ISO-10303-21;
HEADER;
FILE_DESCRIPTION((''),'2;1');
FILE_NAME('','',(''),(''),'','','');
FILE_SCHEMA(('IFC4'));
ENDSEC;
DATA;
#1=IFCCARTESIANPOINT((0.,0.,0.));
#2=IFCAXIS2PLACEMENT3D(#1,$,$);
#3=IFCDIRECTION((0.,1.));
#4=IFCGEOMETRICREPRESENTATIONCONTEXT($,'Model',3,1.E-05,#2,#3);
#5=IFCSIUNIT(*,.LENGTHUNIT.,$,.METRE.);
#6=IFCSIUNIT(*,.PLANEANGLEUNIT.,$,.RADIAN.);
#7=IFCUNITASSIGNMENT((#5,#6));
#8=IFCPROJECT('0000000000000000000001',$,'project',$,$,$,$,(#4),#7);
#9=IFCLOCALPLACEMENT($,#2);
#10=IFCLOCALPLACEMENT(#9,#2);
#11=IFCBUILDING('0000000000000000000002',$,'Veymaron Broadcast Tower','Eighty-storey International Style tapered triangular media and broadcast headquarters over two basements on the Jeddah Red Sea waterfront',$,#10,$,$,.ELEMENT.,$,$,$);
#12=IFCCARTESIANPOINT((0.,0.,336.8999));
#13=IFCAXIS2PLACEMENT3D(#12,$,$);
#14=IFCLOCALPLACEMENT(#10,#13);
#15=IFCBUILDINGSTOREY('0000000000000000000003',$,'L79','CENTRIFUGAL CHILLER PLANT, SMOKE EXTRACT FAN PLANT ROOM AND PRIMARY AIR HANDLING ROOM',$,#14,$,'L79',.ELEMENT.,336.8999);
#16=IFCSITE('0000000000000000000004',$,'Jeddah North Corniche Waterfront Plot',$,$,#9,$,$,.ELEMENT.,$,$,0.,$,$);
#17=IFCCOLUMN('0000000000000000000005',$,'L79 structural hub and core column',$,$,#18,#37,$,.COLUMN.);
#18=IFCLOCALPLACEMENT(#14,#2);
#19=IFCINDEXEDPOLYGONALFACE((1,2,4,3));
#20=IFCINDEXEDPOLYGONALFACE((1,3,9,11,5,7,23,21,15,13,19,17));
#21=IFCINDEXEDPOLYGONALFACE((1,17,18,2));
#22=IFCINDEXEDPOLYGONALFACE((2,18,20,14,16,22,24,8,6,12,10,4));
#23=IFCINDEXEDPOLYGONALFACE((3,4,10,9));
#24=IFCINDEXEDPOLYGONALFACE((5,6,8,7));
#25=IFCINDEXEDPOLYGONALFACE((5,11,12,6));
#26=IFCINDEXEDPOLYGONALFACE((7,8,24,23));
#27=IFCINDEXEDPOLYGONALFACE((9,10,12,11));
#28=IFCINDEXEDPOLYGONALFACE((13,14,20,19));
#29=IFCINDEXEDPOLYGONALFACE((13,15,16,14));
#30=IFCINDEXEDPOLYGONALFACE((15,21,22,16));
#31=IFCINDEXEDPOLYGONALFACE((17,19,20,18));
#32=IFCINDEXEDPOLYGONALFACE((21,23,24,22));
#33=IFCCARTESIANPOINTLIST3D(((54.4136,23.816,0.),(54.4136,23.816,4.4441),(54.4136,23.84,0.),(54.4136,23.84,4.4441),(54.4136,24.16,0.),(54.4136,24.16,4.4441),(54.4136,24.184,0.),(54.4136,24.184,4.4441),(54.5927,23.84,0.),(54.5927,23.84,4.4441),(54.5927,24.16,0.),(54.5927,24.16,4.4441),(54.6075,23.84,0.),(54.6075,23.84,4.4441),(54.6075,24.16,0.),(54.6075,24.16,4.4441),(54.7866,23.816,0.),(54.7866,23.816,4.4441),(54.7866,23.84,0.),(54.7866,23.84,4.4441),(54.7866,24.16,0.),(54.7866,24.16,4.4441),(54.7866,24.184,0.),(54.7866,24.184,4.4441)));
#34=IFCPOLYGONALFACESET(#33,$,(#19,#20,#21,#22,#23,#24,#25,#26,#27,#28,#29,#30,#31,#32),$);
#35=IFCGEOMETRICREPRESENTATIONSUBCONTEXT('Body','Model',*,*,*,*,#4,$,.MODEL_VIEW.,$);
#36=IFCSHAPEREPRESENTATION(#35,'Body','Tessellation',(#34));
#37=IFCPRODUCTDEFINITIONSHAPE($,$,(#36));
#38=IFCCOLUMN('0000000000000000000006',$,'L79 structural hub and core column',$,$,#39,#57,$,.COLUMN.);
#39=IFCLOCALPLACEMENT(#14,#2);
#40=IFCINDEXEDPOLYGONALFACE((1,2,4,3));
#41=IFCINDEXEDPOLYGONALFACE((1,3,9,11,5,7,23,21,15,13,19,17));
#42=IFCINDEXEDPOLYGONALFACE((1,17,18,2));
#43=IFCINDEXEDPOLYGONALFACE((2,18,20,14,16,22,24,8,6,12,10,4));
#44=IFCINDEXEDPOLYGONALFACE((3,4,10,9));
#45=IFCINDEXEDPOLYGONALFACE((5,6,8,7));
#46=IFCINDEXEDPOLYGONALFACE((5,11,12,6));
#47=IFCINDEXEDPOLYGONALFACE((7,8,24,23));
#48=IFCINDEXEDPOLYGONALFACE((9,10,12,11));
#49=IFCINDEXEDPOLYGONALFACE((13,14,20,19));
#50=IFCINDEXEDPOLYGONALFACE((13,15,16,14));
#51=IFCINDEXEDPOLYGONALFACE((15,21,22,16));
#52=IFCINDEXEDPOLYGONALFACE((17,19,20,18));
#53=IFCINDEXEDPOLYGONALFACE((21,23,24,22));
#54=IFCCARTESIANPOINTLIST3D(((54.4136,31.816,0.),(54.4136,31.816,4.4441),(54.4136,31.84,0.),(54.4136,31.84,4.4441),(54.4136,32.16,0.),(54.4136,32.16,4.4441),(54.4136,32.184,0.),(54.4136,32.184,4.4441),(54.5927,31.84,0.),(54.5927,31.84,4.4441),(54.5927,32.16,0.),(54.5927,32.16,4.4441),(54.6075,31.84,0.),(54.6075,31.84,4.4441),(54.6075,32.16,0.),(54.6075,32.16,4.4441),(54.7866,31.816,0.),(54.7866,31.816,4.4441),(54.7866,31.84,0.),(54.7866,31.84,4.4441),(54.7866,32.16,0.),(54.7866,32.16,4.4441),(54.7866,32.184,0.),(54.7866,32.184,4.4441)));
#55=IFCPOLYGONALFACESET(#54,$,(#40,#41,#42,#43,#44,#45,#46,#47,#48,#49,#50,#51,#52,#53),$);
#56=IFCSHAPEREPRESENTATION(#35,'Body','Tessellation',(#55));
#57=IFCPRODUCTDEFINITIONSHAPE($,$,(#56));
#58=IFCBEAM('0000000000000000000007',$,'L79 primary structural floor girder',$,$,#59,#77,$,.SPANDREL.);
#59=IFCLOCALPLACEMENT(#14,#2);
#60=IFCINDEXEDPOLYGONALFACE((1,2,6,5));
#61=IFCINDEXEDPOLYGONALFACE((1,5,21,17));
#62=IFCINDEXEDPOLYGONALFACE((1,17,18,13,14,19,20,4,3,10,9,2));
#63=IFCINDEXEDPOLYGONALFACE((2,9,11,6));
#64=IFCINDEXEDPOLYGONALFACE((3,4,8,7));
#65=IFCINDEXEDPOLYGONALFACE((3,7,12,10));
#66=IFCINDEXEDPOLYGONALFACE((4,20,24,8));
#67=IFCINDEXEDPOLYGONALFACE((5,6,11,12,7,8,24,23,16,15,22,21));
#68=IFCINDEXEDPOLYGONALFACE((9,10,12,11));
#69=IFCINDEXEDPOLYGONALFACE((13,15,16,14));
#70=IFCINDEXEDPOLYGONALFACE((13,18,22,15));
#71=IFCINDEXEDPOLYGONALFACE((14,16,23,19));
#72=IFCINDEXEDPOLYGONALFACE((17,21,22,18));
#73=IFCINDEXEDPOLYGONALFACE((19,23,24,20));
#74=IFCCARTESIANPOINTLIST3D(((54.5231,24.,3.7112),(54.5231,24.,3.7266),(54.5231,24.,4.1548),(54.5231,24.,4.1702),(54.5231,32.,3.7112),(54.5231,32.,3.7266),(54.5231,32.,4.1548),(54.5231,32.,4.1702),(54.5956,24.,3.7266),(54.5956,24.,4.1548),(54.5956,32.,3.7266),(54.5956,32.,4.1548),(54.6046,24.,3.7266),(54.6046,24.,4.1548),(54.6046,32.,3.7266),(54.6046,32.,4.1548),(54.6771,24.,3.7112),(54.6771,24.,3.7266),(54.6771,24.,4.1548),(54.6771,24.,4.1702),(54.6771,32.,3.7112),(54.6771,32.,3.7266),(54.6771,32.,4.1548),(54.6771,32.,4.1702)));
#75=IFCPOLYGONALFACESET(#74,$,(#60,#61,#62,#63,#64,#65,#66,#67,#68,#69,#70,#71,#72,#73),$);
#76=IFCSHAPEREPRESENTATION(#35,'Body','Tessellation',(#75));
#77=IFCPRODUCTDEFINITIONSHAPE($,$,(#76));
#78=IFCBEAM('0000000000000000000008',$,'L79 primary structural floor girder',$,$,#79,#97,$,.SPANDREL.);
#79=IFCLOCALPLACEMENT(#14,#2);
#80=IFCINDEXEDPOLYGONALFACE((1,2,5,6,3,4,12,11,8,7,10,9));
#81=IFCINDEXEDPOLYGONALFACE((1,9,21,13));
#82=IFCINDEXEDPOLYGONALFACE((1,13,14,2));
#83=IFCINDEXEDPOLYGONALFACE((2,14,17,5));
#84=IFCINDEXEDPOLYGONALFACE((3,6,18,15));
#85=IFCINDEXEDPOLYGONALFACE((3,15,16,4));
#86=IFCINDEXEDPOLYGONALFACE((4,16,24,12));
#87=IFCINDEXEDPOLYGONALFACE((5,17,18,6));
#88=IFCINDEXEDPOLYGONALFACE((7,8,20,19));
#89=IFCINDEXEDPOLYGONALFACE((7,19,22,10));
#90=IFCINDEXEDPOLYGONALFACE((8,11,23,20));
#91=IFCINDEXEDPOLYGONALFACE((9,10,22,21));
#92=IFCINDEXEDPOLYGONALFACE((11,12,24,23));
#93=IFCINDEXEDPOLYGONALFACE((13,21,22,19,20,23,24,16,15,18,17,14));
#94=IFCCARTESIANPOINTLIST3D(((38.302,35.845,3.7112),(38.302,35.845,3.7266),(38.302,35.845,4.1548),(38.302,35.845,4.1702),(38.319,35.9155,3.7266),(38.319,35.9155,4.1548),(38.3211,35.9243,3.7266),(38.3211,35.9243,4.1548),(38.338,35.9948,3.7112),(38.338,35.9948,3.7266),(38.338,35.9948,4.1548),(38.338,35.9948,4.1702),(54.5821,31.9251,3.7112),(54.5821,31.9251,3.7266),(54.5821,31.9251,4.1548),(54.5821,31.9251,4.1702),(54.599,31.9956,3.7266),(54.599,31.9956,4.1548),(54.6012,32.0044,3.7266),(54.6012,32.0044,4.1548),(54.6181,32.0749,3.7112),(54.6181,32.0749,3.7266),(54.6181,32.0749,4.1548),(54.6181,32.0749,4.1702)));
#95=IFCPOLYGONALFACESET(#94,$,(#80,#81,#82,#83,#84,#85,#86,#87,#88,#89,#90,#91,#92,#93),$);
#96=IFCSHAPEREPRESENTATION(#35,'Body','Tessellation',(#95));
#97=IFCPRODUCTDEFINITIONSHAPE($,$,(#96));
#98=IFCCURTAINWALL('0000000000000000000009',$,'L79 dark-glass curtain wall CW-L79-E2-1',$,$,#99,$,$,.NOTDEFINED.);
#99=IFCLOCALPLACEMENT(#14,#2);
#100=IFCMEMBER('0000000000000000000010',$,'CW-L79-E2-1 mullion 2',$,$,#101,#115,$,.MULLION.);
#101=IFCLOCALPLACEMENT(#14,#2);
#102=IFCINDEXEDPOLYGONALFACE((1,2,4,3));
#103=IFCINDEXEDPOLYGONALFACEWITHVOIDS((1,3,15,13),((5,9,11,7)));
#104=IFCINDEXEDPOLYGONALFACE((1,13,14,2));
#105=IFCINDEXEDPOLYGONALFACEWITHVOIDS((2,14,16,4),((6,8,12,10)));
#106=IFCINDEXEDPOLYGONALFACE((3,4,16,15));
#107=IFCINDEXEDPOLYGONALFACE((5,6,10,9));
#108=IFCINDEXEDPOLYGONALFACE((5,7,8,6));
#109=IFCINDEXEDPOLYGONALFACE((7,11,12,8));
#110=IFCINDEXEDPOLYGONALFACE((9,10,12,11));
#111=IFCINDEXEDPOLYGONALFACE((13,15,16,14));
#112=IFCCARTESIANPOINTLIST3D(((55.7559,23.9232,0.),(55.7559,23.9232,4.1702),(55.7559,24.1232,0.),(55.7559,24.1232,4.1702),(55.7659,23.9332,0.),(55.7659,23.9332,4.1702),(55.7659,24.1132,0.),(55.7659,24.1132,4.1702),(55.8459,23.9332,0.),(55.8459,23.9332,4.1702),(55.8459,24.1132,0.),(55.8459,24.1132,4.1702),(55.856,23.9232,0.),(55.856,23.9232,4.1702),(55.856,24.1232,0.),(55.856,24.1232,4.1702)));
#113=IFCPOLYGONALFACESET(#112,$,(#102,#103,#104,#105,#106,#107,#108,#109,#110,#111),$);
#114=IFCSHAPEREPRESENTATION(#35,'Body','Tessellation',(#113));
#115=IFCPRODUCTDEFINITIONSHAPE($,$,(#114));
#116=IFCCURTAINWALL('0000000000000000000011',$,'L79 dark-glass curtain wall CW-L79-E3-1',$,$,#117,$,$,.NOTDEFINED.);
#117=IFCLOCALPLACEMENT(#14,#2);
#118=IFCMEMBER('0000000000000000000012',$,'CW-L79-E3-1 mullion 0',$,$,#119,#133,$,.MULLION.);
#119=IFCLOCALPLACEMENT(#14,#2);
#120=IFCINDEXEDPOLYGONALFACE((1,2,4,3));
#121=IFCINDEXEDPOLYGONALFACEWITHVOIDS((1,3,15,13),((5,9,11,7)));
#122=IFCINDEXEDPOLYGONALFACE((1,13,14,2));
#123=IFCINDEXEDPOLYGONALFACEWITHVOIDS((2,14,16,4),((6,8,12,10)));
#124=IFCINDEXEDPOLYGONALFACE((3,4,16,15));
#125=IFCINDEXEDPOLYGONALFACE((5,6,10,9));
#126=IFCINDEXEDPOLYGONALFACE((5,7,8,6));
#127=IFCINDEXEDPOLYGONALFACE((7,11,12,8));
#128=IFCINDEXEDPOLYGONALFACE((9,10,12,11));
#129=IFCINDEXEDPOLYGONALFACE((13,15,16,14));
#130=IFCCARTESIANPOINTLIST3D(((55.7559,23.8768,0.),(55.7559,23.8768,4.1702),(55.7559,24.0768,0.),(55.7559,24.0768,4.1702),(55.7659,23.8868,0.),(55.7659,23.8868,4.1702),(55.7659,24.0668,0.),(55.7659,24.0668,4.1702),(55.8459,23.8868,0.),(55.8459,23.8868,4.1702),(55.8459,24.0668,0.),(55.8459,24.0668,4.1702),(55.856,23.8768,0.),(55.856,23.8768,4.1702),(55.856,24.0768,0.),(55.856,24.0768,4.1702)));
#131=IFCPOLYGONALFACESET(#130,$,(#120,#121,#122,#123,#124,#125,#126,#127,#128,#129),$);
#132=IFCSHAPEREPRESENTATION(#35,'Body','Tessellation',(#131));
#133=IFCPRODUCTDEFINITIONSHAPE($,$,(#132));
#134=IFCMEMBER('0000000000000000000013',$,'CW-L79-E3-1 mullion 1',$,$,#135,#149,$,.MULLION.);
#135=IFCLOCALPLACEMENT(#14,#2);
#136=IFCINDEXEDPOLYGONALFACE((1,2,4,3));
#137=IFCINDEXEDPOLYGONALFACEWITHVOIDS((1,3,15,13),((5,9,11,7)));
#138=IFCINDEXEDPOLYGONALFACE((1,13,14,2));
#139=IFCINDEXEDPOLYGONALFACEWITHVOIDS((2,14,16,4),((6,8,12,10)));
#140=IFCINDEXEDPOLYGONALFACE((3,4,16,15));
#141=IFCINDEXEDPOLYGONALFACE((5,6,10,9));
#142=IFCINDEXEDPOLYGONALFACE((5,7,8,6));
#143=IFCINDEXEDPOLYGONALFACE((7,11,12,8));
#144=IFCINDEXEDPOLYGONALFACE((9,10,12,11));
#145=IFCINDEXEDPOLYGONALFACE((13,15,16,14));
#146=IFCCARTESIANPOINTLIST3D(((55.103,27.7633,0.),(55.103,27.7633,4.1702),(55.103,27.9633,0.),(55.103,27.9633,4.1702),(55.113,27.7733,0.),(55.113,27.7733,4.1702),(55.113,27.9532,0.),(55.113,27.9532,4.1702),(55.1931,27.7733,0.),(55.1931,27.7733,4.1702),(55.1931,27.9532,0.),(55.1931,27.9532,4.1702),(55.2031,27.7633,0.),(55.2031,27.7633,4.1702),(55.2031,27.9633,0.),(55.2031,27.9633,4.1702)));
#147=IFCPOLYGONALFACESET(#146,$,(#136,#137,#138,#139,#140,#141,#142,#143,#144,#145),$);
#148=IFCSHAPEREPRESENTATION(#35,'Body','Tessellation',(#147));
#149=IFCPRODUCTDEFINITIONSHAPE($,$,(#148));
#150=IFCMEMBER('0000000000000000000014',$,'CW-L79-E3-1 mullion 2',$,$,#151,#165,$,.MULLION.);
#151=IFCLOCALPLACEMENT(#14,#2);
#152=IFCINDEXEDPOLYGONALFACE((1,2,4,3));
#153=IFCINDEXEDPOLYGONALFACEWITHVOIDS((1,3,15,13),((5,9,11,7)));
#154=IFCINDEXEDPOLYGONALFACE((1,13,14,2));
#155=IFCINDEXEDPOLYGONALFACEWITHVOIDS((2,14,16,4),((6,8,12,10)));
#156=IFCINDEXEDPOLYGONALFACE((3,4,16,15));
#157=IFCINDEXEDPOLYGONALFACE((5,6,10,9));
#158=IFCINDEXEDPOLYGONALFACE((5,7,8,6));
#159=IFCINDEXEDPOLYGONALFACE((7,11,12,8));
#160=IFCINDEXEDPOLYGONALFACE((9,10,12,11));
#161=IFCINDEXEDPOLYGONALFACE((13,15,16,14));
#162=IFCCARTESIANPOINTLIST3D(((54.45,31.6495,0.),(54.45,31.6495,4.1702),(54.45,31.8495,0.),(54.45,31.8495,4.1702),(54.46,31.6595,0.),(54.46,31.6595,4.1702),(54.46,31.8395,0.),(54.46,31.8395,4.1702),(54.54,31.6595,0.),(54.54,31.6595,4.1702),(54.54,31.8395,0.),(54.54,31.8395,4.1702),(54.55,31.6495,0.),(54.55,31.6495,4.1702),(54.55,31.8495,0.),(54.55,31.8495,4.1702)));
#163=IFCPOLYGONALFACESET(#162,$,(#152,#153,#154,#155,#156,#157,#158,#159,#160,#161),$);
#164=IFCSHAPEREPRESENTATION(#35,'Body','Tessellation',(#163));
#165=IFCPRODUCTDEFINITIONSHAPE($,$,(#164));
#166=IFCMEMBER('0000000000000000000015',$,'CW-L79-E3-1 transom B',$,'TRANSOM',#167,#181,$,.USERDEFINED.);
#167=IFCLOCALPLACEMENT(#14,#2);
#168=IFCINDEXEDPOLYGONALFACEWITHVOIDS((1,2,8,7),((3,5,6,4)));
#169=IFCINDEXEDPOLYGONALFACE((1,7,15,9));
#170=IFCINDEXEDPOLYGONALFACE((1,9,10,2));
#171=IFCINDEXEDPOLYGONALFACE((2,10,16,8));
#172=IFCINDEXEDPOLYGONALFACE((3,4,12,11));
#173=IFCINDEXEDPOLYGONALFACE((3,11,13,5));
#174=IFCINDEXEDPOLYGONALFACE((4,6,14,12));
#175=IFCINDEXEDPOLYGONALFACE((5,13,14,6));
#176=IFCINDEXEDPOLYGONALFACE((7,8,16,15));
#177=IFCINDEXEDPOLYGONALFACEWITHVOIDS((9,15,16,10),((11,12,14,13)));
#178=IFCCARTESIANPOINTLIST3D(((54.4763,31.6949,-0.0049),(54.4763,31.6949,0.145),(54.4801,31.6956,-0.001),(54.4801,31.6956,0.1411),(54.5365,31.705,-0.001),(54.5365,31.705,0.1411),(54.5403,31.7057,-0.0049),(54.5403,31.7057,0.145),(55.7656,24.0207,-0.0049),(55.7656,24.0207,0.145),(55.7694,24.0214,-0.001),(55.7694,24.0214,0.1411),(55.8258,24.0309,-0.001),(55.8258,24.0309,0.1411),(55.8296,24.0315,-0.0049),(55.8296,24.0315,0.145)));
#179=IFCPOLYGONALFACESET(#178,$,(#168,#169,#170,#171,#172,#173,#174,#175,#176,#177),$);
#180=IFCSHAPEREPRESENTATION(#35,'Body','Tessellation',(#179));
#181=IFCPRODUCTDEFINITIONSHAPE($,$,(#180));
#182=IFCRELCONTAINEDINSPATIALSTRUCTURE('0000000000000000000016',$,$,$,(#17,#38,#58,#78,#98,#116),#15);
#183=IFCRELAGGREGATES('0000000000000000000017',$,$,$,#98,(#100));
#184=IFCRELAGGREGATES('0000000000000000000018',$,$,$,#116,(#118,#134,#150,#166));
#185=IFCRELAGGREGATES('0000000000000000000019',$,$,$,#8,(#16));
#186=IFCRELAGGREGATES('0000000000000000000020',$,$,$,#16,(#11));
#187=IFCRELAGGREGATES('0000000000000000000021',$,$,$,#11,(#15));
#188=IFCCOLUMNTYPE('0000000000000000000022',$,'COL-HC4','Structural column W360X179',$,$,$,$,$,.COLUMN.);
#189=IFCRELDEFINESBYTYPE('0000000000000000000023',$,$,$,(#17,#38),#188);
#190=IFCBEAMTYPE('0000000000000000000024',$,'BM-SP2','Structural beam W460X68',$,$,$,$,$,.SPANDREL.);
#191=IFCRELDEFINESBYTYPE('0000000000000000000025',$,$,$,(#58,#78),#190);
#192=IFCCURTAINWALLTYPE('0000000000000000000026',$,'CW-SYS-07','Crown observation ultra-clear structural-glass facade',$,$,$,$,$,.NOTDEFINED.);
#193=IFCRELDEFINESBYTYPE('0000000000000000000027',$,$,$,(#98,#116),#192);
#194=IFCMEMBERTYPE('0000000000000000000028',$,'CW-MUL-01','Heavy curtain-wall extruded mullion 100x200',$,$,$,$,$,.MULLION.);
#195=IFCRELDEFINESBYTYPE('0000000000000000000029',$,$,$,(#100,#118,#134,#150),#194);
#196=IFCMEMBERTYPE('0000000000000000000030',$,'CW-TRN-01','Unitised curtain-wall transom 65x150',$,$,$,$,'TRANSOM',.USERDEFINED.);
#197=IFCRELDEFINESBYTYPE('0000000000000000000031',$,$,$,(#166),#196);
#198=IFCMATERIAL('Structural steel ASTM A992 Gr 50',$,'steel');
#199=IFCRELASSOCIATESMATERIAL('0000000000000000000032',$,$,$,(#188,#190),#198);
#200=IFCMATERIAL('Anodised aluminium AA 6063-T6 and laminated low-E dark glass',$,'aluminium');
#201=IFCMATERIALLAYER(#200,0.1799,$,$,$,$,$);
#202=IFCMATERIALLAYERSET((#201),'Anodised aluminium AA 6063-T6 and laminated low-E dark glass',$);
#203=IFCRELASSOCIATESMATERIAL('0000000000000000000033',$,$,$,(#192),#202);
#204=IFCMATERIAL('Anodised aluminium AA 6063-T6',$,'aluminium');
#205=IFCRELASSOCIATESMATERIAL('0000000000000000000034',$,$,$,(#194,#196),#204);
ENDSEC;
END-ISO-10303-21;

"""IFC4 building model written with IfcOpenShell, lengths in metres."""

from ifc_helpers import new_model, si_unit, direction, frame, origin, origin_2d, place, context, subcontext, project, spatial, hollow_rectangle, i_section, extrude, material, layer, layer_set, material_profile, profile_set, type_object, element, aggregate, save


model = new_model("IFC4")

# Units and contexts
model_context = context("Model", 3, precision=1e-05, world=origin(), true_north=direction((0.0, 1.0)))
body_context = subcontext(model_context, "Body", "Model", "MODEL_VIEW")
ifc_project = project(units=[si_unit("LENGTHUNIT", "METRE"), si_unit("PLANEANGLEUNIT", "RADIAN")], contexts=[model_context])

# Site, building, storey
site_placement = place(None, origin())
site = spatial("IfcSite", under=ifc_project, at=site_placement, Name="Jeddah North Corniche Waterfront Plot", CompositionType="ELEMENT", RefElevation=0.0)
building_placement = place(site_placement, origin())
building = spatial("IfcBuilding", under=site, at=building_placement, Name="Veymaron Broadcast Tower", Description="Eighty-storey International Style tapered triangular media and broadcast headquarters over two basements on the Jeddah Red Sea waterfront", CompositionType="ELEMENT")
storey_placement = place(building_placement, frame((0.0, 0.0, 336.8999)))
storey = spatial("IfcBuildingStorey", under=building, at=storey_placement, Name="L79", Description="CENTRIFUGAL CHILLER PLANT, SMOKE EXTRACT FAN PLANT ROOM AND PRIMARY AIR HANDLING ROOM", LongName="L79", CompositionType="ELEMENT", Elevation=336.8999)

# Columns
ifc_material_1 = material(Name="Structural steel ASTM A992 Gr 50", Category="steel")
ifc_material_profile_1 = material_profile(ifc_material_1, i_section(OverallWidth=0.373, OverallDepth=0.3679, WebThickness=0.0149, FlangeThickness=0.0239, at=origin_2d()), Name="W360X179")
ifc_profile_set_1 = profile_set([ifc_material_profile_1], Name="Structural steel ASTM A992 Gr 50")
column_type = type_object("IfcColumnType", Name="COL-HC4", Description="Structural column W360X179", PredefinedType="COLUMN", material=ifc_profile_set_1)
for number, where, z_axis, x_axis, name in (
    (1, (54.6001, 24.0, 0.0), (0.0, 0.0, 1.0), (1.0, 0.0, 0.0), "L79 structural hub and core column"),
    (2, (54.6001, 32.0, 0.0), (0.0, 0.0, 1.0), (1.0, 0.0, 0.0), "L79 structural hub and core column"),
):
    element("IfcColumn", number, at=place(storey_placement, frame(where, z_axis=z_axis, x_axis=x_axis)), inside=storey, type_object=column_type, Name=name, PredefinedType="COLUMN", context=body_context, shape_type="SweptSolid", body=[
        extrude(i_section(OverallWidth=0.373, OverallDepth=0.3679, WebThickness=0.0149, FlangeThickness=0.0239, at=origin_2d()), origin(), (0.0, 0.0, 1.0), 4.4441),
    ])

# Beams
ifc_material_profile_2 = material_profile(ifc_material_1, i_section(OverallWidth=0.1541, OverallDepth=0.459, WebThickness=0.009, FlangeThickness=0.0154, at=origin_2d()), Name="W460X68")
ifc_profile_set_2 = profile_set([ifc_material_profile_2], Name="Structural steel ASTM A992 Gr 50")
beam_type = type_object("IfcBeamType", Name="BM-SP2", Description="Structural beam W460X68", PredefinedType="SPANDREL", material=ifc_profile_set_2)
beam_1_placement = place(storey_placement, frame((54.6001, 24.0, 3.9407), z_axis=(0.0, 1.0, 0.0), x_axis=(-1.0, 0.0, 0.0)))
element("IfcBeam", 3, at=beam_1_placement, inside=storey, type_object=beam_type, Name="L79 primary structural floor girder", PredefinedType="SPANDREL", context=body_context, shape_type="SweptSolid", body=[
    extrude(i_section(OverallWidth=0.1541, OverallDepth=0.459, WebThickness=0.009, FlangeThickness=0.0154, at=origin_2d()), origin(), (0.0, 0.0, 1.0), 8.0),
])
beam_2_placement = place(storey_placement, frame((54.6001, 32.0, 3.9407), z_axis=(-0.972215, 0.234091, 0.0), x_axis=(-0.234091, -0.972215, 0.0)))
element("IfcBeam", 4, at=beam_2_placement, inside=storey, type_object=beam_type, Name="L79 primary structural floor girder", PredefinedType="SPANDREL", context=body_context, shape_type="SweptSolid", body=[
    extrude(i_section(OverallWidth=0.1541, OverallDepth=0.459, WebThickness=0.009, FlangeThickness=0.0154, at=origin_2d()), origin(), (0.0, 0.0, 1.0), 16.7454),
])

# Curtain wall, member
ifc_material_2 = material(Name="Anodised aluminium AA 6063-T6 and laminated low-E dark glass", Category="aluminium")
ifc_layer_1 = layer(ifc_material_2, 0.1799)
ifc_layer_set_1 = layer_set([ifc_layer_1], Name="Anodised aluminium AA 6063-T6 and laminated low-E dark glass")
curtain_wall_type = type_object("IfcCurtainWallType", Name="CW-SYS-07", Description="Crown observation ultra-clear structural-glass facade", PredefinedType="NOTDEFINED", material=ifc_layer_set_1)
curtain_wall_1_placement = place(storey_placement, origin())
curtain_wall_1 = element("IfcCurtainWall", 5, at=curtain_wall_1_placement, inside=storey, type_object=curtain_wall_type, Name="L79 dark-glass curtain wall CW-L79-E2-1", PredefinedType="NOTDEFINED")
ifc_material_3 = material(Name="Anodised aluminium AA 6063-T6", Category="aluminium")
ifc_material_profile_3 = material_profile(ifc_material_3, hollow_rectangle(XDim=0.1001, YDim=0.2, WallThickness=0.01, at=origin_2d()), Name="RHS200X100X10")
ifc_profile_set_3 = profile_set([ifc_material_profile_3], Name="Anodised aluminium AA 6063-T6")
member_type_1 = type_object("IfcMemberType", Name="CW-MUL-01", Description="Heavy curtain-wall extruded mullion 100x200", PredefinedType="MULLION", material=ifc_profile_set_3)
member_1_placement = place(storey_placement, frame((55.8059, 24.0232, 0.0), z_axis=(0.0, 0.0, 1.0), x_axis=(1.0, 0.0, 0.0)))
member_1 = element("IfcMember", 6, at=member_1_placement, type_object=member_type_1, Name="CW-L79-E2-1 mullion 2", PredefinedType="MULLION", context=body_context, shape_type="SweptSolid", body=[
    extrude(hollow_rectangle(XDim=0.1001, YDim=0.2, WallThickness=0.01, at=origin_2d()), origin(), (0.0, 0.0, 1.0), 4.1702),
])
aggregate(curtain_wall_1, [member_1])

# Curtain wall, members
curtain_wall_2_placement = place(storey_placement, origin())
curtain_wall_2 = element("IfcCurtainWall", 7, at=curtain_wall_2_placement, inside=storey, type_object=curtain_wall_type, Name="L79 dark-glass curtain wall CW-L79-E3-1", PredefinedType="NOTDEFINED")
member_2_placement = place(storey_placement, frame((55.8059, 23.9768, 0.0), z_axis=(0.0, 0.0, 1.0), x_axis=(1.0, 0.0, 0.0)))
member_2 = element("IfcMember", 8, at=member_2_placement, type_object=member_type_1, Name="CW-L79-E3-1 mullion 0", PredefinedType="MULLION", context=body_context, shape_type="SweptSolid", body=[
    extrude(hollow_rectangle(XDim=0.1001, YDim=0.2, WallThickness=0.01, at=origin_2d()), origin(), (0.0, 0.0, 1.0), 4.1702),
])
member_3_placement = place(storey_placement, frame((55.1531, 27.8633, 0.0), z_axis=(0.0, 0.0, 1.0), x_axis=(1.0, 0.0, 0.0)))
member_3 = element("IfcMember", 9, at=member_3_placement, type_object=member_type_1, Name="CW-L79-E3-1 mullion 1", PredefinedType="MULLION", context=body_context, shape_type="SweptSolid", body=[
    extrude(hollow_rectangle(XDim=0.1001, YDim=0.2, WallThickness=0.01, at=origin_2d()), origin(), (0.0, 0.0, 1.0), 4.1702),
])
member_4_placement = place(storey_placement, frame((54.5, 31.7495, 0.0), z_axis=(0.0, 0.0, 1.0), x_axis=(1.0, 0.0, 0.0)))
member_4 = element("IfcMember", 10, at=member_4_placement, type_object=member_type_1, Name="CW-L79-E3-1 mullion 2", PredefinedType="MULLION", context=body_context, shape_type="SweptSolid", body=[
    extrude(hollow_rectangle(XDim=0.1001, YDim=0.2, WallThickness=0.01, at=origin_2d()), origin(), (0.0, 0.0, 1.0), 4.1702),
])
ifc_material_profile_4 = material_profile(ifc_material_3, hollow_rectangle(XDim=0.0649, YDim=0.1499, WallThickness=0.0039, at=origin_2d()), Name="AL150X65X4")
ifc_profile_set_4 = profile_set([ifc_material_profile_4], Name="Anodised aluminium AA 6063-T6")
member_type_2 = type_object("IfcMemberType", Name="CW-TRN-01", Description="Unitised curtain-wall transom 65x150", ElementType="TRANSOM", PredefinedType="USERDEFINED", material=ifc_profile_set_4)
member_5_placement = place(storey_placement, frame((55.7976, 24.0261, 0.0701), z_axis=(-0.165686, 0.986179, 0.0), x_axis=(-0.986179, -0.165686, 0.0)))
member_5 = element("IfcMember", 11, at=member_5_placement, type_object=member_type_2, Name="CW-L79-E3-1 transom B", ObjectType="TRANSOM", PredefinedType="USERDEFINED", context=body_context, shape_type="SweptSolid", body=[
    extrude(hollow_rectangle(XDim=0.0649, YDim=0.1499, WallThickness=0.0039, at=origin_2d()), origin(), (0.0, 0.0, 1.0), 7.7817),
])

aggregate(curtain_wall_2, [member_2, member_3, member_4, member_5])

save(model, "model.ifc")
